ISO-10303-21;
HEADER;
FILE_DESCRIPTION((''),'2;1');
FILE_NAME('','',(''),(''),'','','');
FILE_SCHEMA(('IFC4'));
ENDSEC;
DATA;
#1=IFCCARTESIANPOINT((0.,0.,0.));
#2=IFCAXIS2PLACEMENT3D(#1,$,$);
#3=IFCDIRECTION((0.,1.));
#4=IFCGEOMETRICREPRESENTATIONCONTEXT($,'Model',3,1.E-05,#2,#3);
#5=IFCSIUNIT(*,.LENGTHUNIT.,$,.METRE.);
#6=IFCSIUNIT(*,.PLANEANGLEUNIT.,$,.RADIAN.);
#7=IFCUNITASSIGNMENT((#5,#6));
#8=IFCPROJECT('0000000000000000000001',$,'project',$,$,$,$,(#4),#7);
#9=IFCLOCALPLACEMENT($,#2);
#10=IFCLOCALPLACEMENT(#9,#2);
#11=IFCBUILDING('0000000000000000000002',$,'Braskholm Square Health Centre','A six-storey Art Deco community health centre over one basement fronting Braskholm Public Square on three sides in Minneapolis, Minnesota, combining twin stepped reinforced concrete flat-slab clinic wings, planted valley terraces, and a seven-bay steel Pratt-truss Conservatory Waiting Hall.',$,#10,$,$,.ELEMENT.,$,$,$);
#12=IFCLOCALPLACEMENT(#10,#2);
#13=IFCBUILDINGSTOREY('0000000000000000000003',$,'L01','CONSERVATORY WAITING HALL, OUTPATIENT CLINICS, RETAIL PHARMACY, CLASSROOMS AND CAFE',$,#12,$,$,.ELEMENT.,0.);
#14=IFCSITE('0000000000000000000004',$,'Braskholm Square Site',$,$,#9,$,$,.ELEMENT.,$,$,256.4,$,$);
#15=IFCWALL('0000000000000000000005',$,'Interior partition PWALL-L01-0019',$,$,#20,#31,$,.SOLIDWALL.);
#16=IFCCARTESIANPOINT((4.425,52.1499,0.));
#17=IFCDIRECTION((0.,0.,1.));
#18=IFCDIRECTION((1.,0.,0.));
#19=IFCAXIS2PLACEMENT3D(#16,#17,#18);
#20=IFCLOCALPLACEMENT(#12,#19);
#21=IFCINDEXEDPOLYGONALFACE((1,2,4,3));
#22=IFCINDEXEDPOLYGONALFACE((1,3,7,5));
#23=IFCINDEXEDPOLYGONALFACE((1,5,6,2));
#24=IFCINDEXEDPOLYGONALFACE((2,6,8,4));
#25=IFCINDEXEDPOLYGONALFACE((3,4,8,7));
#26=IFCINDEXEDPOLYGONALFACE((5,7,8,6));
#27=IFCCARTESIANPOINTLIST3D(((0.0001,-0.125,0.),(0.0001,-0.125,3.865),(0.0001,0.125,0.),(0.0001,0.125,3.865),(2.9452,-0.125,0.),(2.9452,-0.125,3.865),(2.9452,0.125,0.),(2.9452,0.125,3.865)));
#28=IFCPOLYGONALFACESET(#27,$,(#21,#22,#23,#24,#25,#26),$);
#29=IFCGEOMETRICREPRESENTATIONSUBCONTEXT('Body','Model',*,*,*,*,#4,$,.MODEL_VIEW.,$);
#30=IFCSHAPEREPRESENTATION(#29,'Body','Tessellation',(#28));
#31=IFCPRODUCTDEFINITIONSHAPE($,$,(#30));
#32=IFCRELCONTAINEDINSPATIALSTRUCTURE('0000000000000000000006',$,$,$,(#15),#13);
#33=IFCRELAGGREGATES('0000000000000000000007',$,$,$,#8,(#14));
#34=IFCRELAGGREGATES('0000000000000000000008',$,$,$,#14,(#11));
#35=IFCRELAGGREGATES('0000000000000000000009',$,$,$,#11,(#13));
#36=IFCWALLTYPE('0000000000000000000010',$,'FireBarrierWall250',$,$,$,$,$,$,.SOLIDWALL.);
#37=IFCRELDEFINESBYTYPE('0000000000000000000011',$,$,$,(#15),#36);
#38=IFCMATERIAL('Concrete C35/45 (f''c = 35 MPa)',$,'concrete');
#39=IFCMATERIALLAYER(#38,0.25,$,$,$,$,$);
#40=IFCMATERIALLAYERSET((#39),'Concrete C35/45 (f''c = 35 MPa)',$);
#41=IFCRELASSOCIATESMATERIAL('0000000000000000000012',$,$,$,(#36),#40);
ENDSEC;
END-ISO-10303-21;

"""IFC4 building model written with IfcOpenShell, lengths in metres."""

from ifc_helpers import new_model, si_unit, direction, frame, frame_2d, origin, place, context, subcontext, project, spatial, rectangle, extrude, material, layer, layer_set, type_object, element, save


model = new_model("IFC4")

# Units and contexts
model_context = context("Model", 3, precision=1e-05, world=origin(), true_north=direction((0.0, 1.0)))
body_context = subcontext(model_context, "Body", "Model", "MODEL_VIEW")
ifc_project = project(units=[si_unit("LENGTHUNIT", "METRE"), si_unit("PLANEANGLEUNIT", "RADIAN")], contexts=[model_context])

# Site, building, storey
site_placement = place(None, origin())
site = spatial("IfcSite", under=ifc_project, at=site_placement, Name="Braskholm Square Site", CompositionType="ELEMENT", RefElevation=256.4)
building_placement = place(site_placement, origin())
building = spatial("IfcBuilding", under=site, at=building_placement, Name="Braskholm Square Health Centre", Description="A six-storey Art Deco community health centre over one basement fronting Braskholm Public Square on three sides in Minneapolis, Minnesota, combining twin stepped reinforced concrete flat-slab clinic wings, planted valley terraces, and a seven-bay steel Pratt-truss Conservatory Waiting Hall.", CompositionType="ELEMENT")
storey_placement = place(building_placement, origin())
storey = spatial("IfcBuildingStorey", under=building, at=storey_placement, Name="L01", Description="CONSERVATORY WAITING HALL, OUTPATIENT CLINICS, RETAIL PHARMACY, CLASSROOMS AND CAFE", CompositionType="ELEMENT", Elevation=0.0)

# Wall
ifc_material_1 = material(Name="Concrete C35/45 (f'c = 35 MPa)", Category="concrete")
ifc_layer_1 = layer(ifc_material_1, 0.25)
ifc_layer_set_1 = layer_set([ifc_layer_1], Name="Concrete C35/45 (f'c = 35 MPa)")
wall_type_1 = type_object("IfcWallType", Name="FireBarrierWall250", PredefinedType="SOLIDWALL", material=ifc_layer_set_1)
wall_1_placement = place(storey_placement, frame((4.425, 52.1499, 0.0), z_axis=(0.0, 0.0, 1.0), x_axis=(1.0, 0.0, 0.0)))
element("IfcWall", 1, at=wall_1_placement, inside=storey, type_object=wall_type_1, Name="Interior partition PWALL-L01-0019", PredefinedType="SOLIDWALL", context=body_context, shape_type="SweptSolid", body=[
    extrude(rectangle(XDim=2.9451, YDim=0.25, at=frame_2d((1.4727, 0.0))), origin(), (0.0, 0.0, 1.0), 3.865),
])

save(model, "model.ifc")
